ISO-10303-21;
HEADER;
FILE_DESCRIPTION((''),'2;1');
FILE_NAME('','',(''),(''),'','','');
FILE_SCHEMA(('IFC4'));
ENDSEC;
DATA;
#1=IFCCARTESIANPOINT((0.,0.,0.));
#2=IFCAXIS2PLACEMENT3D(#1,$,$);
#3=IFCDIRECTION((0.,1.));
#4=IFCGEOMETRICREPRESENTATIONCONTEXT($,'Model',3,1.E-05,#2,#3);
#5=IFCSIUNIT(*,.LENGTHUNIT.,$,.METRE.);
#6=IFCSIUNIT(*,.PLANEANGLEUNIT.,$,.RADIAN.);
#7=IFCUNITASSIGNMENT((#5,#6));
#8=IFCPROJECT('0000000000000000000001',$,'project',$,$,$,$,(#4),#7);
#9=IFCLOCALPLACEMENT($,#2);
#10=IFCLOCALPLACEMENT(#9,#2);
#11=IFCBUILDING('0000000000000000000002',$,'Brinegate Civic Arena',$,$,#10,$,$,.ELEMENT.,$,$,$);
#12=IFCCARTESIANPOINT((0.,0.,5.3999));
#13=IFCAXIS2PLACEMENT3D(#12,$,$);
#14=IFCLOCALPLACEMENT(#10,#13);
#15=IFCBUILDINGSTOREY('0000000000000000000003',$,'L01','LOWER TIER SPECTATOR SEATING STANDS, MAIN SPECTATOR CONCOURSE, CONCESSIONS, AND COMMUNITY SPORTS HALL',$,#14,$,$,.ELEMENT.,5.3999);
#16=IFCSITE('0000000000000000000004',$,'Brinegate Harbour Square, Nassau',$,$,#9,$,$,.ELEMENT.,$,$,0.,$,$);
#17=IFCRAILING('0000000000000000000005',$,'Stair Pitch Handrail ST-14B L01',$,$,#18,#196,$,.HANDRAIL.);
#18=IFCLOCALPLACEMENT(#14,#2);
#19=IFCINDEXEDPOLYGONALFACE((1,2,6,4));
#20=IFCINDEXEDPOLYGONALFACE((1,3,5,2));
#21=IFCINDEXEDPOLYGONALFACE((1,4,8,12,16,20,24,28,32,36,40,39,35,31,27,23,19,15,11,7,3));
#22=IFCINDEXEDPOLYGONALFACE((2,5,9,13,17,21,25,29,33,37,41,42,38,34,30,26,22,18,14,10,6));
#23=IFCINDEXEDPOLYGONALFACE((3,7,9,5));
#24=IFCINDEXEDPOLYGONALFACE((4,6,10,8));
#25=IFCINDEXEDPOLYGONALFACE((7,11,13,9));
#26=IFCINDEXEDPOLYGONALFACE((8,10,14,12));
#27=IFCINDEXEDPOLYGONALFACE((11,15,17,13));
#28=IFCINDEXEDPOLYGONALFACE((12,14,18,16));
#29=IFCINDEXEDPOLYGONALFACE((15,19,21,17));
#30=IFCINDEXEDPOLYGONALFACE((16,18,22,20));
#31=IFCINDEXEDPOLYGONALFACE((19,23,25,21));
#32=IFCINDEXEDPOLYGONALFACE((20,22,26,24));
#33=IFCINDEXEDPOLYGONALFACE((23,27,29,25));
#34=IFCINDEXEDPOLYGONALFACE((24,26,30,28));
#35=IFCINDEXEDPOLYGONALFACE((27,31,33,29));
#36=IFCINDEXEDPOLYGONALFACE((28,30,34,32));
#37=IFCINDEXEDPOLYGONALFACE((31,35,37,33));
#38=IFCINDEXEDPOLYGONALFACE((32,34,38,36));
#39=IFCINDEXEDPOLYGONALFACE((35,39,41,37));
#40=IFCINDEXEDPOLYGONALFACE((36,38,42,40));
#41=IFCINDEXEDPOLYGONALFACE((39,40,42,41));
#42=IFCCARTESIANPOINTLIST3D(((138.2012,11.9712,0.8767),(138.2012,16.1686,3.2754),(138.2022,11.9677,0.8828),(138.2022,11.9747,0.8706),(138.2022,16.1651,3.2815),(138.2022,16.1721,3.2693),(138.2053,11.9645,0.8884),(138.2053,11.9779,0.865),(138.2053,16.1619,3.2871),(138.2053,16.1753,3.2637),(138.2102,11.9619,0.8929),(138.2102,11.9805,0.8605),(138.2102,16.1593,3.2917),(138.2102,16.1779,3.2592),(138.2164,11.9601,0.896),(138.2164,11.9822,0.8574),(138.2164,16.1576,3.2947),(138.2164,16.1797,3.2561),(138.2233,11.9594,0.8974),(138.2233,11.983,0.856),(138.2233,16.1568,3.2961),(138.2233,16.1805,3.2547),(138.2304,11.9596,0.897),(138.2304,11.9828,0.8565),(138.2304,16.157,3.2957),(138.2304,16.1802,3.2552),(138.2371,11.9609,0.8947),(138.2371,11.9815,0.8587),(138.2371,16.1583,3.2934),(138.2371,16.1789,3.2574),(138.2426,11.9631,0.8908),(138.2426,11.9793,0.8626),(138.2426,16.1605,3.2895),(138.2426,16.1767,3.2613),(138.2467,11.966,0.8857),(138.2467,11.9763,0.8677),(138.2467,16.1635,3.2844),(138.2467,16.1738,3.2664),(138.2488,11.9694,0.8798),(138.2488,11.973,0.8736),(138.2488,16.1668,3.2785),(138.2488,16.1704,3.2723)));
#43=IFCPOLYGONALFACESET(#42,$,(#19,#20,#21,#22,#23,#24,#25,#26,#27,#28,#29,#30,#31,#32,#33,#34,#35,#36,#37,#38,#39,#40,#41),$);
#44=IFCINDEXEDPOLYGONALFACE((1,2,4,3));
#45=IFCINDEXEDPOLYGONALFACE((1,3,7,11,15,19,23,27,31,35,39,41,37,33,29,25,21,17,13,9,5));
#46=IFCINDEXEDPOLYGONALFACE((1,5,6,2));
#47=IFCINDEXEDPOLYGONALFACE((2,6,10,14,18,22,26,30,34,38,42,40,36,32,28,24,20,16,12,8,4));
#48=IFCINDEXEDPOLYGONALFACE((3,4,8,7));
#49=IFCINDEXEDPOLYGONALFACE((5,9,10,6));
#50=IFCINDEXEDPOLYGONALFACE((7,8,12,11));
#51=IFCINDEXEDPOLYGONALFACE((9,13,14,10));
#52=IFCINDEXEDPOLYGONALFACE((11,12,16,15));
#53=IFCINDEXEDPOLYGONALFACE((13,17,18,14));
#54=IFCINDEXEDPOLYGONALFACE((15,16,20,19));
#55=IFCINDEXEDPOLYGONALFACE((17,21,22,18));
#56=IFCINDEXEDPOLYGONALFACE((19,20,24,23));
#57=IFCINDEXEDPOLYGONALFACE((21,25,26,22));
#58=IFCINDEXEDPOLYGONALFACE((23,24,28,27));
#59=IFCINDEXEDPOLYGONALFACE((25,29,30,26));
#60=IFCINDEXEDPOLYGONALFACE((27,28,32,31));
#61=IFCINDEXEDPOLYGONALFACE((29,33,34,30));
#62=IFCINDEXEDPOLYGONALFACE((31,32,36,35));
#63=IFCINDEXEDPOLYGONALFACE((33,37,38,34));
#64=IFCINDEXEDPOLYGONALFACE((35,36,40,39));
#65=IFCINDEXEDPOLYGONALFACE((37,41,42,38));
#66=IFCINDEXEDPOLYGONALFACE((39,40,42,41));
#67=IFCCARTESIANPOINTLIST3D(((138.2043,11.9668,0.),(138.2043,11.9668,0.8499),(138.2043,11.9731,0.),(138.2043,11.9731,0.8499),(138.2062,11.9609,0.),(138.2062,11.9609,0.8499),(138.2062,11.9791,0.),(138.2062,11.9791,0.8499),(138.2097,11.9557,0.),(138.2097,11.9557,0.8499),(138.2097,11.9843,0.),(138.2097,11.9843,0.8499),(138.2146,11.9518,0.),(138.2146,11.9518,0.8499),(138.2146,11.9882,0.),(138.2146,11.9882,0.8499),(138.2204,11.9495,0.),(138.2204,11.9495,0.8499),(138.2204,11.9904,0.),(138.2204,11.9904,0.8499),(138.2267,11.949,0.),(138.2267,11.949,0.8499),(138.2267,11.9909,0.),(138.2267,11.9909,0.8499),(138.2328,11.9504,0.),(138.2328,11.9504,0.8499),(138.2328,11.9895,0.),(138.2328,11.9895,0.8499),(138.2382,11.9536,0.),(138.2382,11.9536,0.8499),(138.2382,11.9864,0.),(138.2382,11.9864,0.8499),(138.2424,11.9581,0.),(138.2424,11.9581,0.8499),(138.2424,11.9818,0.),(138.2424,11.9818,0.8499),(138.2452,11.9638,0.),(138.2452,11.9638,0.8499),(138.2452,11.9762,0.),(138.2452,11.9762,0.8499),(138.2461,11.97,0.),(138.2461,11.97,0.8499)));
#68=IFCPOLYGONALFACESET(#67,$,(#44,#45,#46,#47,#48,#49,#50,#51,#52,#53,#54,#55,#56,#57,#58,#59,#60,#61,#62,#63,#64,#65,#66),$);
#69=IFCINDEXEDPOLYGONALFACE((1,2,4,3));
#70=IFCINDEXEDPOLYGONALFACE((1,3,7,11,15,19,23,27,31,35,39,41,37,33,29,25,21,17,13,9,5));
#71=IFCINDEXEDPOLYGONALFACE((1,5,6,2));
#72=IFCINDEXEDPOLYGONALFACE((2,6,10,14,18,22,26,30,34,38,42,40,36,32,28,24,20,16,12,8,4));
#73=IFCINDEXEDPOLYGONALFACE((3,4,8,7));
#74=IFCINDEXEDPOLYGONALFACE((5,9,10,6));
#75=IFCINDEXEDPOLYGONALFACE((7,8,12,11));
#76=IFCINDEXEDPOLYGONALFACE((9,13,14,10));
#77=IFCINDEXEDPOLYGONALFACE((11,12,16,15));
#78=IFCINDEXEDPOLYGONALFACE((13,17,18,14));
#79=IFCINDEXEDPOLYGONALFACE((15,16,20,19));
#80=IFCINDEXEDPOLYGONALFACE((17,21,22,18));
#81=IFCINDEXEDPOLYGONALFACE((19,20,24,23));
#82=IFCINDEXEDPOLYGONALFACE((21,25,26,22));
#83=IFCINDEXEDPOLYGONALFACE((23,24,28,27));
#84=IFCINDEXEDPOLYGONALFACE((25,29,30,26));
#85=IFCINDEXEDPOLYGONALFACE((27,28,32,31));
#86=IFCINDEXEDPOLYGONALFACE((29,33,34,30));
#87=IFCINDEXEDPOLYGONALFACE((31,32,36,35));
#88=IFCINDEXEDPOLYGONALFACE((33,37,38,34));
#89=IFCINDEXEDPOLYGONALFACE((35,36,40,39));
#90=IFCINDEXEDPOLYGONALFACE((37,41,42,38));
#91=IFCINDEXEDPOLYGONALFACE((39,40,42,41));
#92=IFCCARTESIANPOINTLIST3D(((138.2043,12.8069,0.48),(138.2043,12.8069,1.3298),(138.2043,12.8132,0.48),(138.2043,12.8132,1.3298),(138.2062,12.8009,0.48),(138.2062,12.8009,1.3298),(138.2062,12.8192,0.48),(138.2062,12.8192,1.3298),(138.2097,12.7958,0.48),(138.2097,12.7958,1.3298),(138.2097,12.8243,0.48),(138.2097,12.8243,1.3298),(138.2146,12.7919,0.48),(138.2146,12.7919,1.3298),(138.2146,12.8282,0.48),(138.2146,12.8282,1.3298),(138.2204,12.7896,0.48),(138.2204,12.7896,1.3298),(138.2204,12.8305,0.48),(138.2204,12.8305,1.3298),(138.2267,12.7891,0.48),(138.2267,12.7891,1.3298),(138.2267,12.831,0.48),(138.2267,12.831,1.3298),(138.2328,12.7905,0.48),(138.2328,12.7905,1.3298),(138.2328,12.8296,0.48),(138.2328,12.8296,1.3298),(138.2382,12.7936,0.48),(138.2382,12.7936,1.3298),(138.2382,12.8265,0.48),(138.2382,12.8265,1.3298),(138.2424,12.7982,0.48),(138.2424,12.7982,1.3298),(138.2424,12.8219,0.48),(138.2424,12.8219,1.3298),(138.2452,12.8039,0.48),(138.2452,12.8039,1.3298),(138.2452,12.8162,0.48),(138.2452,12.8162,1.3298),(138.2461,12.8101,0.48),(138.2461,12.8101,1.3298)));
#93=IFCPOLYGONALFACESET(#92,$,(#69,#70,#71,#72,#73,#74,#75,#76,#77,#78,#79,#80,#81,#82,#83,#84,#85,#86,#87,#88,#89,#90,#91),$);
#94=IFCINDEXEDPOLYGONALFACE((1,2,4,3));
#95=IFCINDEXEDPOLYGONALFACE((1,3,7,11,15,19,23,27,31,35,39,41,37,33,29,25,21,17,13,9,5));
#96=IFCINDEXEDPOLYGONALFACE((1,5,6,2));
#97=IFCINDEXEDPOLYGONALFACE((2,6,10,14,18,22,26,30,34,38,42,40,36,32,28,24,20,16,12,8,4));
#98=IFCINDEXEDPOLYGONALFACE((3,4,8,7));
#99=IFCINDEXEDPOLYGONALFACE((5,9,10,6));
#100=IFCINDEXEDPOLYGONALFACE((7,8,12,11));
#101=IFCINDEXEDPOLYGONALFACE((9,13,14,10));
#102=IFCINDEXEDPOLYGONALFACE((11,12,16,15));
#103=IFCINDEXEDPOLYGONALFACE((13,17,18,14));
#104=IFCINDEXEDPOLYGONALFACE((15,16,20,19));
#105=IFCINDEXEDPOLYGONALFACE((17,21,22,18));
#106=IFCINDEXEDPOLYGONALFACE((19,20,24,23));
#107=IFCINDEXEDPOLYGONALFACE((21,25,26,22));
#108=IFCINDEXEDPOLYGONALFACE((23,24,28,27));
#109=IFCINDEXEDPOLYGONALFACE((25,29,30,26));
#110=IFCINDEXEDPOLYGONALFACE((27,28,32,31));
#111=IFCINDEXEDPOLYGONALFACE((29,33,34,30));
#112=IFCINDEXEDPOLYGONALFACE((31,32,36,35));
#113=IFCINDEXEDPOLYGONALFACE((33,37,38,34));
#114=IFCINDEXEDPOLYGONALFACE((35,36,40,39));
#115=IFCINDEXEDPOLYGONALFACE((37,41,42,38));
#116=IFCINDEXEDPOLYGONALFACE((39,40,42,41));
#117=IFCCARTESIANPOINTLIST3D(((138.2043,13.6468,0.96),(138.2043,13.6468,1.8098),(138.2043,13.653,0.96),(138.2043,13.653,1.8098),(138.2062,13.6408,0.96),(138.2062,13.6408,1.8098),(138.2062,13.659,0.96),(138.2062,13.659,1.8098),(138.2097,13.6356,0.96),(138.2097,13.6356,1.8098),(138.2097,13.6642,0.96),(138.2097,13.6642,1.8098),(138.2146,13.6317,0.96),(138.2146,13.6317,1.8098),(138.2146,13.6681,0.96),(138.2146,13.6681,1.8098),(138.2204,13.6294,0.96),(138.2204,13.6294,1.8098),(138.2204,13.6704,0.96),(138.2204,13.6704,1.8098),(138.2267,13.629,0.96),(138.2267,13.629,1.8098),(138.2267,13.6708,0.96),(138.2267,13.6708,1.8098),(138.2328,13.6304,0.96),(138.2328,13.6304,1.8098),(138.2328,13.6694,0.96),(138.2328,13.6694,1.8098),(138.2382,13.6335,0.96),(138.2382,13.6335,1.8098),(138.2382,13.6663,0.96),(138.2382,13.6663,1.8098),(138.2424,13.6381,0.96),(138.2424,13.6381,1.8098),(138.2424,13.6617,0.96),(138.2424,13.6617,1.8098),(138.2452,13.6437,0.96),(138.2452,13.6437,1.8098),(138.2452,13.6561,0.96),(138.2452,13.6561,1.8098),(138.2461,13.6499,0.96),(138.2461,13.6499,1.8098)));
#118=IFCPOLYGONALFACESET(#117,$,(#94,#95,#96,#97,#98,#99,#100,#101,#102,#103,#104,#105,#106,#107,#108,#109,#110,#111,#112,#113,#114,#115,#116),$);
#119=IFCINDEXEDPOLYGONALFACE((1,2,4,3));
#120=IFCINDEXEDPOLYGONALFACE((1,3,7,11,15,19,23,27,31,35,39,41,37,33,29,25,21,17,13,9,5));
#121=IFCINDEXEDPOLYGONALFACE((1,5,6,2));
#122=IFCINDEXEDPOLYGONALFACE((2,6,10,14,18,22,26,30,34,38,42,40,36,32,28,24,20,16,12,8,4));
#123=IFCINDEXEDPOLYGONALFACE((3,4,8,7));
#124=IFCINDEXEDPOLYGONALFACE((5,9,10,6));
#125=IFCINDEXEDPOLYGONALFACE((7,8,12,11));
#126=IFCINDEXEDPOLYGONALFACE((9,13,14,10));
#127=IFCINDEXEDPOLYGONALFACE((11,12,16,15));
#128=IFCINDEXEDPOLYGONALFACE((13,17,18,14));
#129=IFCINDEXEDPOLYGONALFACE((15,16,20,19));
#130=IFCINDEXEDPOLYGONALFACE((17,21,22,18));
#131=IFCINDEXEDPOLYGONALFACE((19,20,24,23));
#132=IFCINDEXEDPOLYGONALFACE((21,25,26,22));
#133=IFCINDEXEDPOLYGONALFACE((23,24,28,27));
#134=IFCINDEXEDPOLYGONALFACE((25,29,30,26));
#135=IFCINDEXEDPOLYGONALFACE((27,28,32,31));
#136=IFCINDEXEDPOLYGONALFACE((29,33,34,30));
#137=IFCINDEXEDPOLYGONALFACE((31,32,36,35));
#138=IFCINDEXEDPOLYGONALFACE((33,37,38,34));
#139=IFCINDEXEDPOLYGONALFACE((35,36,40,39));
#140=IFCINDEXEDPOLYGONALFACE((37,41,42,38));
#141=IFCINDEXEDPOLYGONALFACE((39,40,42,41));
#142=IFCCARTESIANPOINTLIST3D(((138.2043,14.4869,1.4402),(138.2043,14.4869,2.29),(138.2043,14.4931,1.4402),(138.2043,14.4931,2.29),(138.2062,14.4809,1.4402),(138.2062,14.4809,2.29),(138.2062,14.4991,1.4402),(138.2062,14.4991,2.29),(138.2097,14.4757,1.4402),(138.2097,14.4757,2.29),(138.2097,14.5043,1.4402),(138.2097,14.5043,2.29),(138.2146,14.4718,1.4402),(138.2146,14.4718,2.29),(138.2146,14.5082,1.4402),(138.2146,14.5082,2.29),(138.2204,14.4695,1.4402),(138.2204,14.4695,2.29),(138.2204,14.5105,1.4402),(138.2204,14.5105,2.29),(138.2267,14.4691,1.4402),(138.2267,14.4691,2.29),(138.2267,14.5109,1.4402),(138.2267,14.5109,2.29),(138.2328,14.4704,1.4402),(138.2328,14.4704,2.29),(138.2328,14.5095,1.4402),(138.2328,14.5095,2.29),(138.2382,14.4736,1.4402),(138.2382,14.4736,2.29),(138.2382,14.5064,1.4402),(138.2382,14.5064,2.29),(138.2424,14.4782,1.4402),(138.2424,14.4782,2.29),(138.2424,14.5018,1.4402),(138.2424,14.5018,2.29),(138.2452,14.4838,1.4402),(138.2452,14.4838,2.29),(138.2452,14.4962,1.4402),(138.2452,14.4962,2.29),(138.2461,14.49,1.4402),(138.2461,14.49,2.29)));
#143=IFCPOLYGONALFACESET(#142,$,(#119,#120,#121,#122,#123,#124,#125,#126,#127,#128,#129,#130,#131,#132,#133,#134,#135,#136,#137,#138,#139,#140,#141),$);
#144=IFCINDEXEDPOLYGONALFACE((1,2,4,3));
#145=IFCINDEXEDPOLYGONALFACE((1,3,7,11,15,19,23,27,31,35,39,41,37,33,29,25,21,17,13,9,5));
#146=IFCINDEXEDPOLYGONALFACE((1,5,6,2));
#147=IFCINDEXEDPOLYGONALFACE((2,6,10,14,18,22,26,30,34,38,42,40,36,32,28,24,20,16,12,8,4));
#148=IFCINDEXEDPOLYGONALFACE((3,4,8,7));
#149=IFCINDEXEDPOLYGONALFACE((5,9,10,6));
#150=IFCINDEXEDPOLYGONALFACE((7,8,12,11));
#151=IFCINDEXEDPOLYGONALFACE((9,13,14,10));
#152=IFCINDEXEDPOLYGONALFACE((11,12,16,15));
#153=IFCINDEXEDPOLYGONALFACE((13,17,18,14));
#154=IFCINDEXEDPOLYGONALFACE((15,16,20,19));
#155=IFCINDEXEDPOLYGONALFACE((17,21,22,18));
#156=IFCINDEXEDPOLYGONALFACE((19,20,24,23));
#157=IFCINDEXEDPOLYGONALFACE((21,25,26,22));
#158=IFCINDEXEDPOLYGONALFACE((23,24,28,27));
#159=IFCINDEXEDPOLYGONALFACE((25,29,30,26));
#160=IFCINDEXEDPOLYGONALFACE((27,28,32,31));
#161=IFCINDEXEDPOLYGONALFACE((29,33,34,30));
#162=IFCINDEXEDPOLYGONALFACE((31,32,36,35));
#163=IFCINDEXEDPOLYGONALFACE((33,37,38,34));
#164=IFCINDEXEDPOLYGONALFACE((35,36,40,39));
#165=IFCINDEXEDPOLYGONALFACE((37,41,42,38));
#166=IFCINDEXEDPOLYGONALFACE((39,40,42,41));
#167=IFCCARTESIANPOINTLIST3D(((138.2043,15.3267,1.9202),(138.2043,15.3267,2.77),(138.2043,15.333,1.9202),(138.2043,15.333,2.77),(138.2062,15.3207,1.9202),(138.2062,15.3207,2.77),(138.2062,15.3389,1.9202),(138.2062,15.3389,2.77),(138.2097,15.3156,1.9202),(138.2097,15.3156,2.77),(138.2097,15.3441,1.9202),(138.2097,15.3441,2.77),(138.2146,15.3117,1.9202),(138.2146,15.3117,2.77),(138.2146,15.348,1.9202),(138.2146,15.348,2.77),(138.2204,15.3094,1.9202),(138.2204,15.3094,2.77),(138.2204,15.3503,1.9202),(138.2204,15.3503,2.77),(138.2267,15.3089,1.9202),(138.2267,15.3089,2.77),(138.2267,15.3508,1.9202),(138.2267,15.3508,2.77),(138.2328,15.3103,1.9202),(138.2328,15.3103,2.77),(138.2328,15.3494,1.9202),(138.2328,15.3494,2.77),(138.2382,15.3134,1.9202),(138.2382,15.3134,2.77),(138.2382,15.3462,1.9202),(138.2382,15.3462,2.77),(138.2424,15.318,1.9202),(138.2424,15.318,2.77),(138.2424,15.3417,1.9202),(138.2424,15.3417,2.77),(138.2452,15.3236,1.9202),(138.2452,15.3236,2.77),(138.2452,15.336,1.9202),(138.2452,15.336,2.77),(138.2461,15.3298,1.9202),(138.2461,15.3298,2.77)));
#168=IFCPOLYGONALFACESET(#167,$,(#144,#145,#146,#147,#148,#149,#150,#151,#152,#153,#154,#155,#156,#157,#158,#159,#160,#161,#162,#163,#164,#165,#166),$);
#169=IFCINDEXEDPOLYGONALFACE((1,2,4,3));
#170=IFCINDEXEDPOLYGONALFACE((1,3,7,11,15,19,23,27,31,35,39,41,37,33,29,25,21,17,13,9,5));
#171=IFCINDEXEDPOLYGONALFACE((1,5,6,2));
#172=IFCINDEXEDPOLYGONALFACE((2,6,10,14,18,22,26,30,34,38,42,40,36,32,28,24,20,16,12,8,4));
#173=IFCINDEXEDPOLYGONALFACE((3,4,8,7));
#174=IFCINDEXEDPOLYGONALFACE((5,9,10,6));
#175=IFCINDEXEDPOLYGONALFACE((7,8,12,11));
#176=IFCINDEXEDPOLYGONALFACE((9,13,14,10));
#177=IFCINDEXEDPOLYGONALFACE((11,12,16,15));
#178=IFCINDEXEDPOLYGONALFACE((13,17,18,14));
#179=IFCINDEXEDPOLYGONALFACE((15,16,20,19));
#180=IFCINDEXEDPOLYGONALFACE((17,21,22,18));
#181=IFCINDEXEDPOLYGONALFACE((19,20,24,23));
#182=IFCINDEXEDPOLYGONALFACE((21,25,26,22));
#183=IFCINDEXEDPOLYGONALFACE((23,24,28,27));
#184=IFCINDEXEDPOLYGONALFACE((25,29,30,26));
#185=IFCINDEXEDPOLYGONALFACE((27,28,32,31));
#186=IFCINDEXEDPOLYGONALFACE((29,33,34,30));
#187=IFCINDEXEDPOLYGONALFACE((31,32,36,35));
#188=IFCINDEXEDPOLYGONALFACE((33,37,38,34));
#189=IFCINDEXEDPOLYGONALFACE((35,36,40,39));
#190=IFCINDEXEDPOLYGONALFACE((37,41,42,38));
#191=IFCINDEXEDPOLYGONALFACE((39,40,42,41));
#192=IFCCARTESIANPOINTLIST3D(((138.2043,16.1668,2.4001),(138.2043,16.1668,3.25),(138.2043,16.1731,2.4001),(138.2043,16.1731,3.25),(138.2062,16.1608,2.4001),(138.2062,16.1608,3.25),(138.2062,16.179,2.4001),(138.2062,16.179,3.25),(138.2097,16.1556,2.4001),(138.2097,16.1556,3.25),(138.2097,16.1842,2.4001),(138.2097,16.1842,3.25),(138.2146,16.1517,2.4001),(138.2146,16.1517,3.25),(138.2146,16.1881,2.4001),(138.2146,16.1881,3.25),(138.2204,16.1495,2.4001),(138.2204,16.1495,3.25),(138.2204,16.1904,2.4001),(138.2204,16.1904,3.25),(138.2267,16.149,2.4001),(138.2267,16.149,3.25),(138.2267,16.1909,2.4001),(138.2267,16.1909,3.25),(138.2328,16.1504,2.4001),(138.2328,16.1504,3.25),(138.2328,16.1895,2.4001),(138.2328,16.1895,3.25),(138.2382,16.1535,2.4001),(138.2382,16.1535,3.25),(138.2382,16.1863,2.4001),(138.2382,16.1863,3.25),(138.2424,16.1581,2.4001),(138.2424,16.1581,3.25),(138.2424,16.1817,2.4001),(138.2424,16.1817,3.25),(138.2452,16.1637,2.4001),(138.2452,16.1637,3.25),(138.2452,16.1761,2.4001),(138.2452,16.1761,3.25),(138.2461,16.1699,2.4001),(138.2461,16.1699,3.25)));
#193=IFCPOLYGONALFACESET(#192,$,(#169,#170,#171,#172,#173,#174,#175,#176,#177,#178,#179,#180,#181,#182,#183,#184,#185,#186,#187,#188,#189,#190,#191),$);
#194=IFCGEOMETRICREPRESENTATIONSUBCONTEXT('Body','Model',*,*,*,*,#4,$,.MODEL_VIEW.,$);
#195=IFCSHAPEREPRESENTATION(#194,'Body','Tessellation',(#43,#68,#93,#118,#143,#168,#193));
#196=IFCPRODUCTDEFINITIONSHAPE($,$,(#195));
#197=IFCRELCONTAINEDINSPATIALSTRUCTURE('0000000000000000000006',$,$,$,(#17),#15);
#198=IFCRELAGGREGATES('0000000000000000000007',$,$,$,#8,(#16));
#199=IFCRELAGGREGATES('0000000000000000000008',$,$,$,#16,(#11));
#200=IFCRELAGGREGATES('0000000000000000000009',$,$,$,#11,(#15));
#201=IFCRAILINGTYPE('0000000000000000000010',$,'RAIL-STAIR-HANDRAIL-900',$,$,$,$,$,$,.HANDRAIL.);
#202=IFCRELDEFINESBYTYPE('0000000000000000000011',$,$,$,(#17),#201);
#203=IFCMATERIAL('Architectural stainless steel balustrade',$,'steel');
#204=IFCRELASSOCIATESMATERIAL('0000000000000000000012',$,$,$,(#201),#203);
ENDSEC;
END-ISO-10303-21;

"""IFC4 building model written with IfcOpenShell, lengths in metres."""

from ifc_helpers import new_model, si_unit, direction, frame, origin, origin_2d, place, context, subcontext, project, spatial, circle, extrude, material, type_object, element, save


model = new_model("IFC4")

# Units and contexts
model_context = context("Model", 3, precision=1e-05, world=origin(), true_north=direction((0.0, 1.0)))
body_context = subcontext(model_context, "Body", "Model", "MODEL_VIEW")
ifc_project = project(units=[si_unit("LENGTHUNIT", "METRE"), si_unit("PLANEANGLEUNIT", "RADIAN")], contexts=[model_context])

# Site, building, storey
site_placement = place(None, origin())
site = spatial("IfcSite", under=ifc_project, at=site_placement, Name="Brinegate Harbour Square, Nassau", CompositionType="ELEMENT", RefElevation=0.0)
building_placement = place(site_placement, origin())
building = spatial("IfcBuilding", under=site, at=building_placement, Name="Brinegate Civic Arena", CompositionType="ELEMENT")
storey_placement = place(building_placement, frame((0.0, 0.0, 5.3999)))
storey = spatial("IfcBuildingStorey", under=building, at=storey_placement, Name="L01", Description="LOWER TIER SPECTATOR SEATING STANDS, MAIN SPECTATOR CONCOURSE, CONCESSIONS, AND COMMUNITY SPORTS HALL", CompositionType="ELEMENT", Elevation=5.3999)

# Railing
ifc_material_1 = material(Name="Architectural stainless steel balustrade", Category="steel")
railing_type_1 = type_object("IfcRailingType", Name="RAIL-STAIR-HANDRAIL-900", PredefinedType="HANDRAIL", material=ifc_material_1)
for number, where, name in (
    (1, (138.2251, 11.97, 0.0), "Stair Pitch Handrail ST-14B L01"),
):
    element("IfcRailing", number, at=place(storey_placement, frame(where)), inside=storey, type_object=railing_type_1, Name=name, PredefinedType="HANDRAIL", context=body_context, shape_type="SweptSolid", body=[
        extrude(circle(Radius=0.0239, at=origin_2d()), frame((0.0, 0.0012, 0.8767), z_axis=(0.0, 0.868228, 0.496166), x_axis=(-1.0, 0.0, 0.0)), (0.0, 0.0, 1.0), 4.8345),
        extrude(circle(Radius=0.021, at=origin_2d()), origin(), (0.0, 0.0, 1.0), 0.8499),
        extrude(circle(Radius=0.021, at=origin_2d()), frame((0.0, 0.8401, 0.48)), (0.0, 0.0, 1.0), 0.8499),
        extrude(circle(Radius=0.021, at=origin_2d()), frame((0.0, 1.6799, 0.96)), (0.0, 0.0, 1.0), 0.8499),
        extrude(circle(Radius=0.021, at=origin_2d()), frame((0.0, 2.52, 1.4402)), (0.0, 0.0, 1.0), 0.8499),
        extrude(circle(Radius=0.021, at=origin_2d()), frame((0.0, 3.3599, 1.9202)), (0.0, 0.0, 1.0), 0.8499),
        extrude(circle(Radius=0.021, at=origin_2d()), frame((0.0, 4.2, 2.4001)), (0.0, 0.0, 1.0), 0.8499),
    ])

save(model, "model.ifc")
